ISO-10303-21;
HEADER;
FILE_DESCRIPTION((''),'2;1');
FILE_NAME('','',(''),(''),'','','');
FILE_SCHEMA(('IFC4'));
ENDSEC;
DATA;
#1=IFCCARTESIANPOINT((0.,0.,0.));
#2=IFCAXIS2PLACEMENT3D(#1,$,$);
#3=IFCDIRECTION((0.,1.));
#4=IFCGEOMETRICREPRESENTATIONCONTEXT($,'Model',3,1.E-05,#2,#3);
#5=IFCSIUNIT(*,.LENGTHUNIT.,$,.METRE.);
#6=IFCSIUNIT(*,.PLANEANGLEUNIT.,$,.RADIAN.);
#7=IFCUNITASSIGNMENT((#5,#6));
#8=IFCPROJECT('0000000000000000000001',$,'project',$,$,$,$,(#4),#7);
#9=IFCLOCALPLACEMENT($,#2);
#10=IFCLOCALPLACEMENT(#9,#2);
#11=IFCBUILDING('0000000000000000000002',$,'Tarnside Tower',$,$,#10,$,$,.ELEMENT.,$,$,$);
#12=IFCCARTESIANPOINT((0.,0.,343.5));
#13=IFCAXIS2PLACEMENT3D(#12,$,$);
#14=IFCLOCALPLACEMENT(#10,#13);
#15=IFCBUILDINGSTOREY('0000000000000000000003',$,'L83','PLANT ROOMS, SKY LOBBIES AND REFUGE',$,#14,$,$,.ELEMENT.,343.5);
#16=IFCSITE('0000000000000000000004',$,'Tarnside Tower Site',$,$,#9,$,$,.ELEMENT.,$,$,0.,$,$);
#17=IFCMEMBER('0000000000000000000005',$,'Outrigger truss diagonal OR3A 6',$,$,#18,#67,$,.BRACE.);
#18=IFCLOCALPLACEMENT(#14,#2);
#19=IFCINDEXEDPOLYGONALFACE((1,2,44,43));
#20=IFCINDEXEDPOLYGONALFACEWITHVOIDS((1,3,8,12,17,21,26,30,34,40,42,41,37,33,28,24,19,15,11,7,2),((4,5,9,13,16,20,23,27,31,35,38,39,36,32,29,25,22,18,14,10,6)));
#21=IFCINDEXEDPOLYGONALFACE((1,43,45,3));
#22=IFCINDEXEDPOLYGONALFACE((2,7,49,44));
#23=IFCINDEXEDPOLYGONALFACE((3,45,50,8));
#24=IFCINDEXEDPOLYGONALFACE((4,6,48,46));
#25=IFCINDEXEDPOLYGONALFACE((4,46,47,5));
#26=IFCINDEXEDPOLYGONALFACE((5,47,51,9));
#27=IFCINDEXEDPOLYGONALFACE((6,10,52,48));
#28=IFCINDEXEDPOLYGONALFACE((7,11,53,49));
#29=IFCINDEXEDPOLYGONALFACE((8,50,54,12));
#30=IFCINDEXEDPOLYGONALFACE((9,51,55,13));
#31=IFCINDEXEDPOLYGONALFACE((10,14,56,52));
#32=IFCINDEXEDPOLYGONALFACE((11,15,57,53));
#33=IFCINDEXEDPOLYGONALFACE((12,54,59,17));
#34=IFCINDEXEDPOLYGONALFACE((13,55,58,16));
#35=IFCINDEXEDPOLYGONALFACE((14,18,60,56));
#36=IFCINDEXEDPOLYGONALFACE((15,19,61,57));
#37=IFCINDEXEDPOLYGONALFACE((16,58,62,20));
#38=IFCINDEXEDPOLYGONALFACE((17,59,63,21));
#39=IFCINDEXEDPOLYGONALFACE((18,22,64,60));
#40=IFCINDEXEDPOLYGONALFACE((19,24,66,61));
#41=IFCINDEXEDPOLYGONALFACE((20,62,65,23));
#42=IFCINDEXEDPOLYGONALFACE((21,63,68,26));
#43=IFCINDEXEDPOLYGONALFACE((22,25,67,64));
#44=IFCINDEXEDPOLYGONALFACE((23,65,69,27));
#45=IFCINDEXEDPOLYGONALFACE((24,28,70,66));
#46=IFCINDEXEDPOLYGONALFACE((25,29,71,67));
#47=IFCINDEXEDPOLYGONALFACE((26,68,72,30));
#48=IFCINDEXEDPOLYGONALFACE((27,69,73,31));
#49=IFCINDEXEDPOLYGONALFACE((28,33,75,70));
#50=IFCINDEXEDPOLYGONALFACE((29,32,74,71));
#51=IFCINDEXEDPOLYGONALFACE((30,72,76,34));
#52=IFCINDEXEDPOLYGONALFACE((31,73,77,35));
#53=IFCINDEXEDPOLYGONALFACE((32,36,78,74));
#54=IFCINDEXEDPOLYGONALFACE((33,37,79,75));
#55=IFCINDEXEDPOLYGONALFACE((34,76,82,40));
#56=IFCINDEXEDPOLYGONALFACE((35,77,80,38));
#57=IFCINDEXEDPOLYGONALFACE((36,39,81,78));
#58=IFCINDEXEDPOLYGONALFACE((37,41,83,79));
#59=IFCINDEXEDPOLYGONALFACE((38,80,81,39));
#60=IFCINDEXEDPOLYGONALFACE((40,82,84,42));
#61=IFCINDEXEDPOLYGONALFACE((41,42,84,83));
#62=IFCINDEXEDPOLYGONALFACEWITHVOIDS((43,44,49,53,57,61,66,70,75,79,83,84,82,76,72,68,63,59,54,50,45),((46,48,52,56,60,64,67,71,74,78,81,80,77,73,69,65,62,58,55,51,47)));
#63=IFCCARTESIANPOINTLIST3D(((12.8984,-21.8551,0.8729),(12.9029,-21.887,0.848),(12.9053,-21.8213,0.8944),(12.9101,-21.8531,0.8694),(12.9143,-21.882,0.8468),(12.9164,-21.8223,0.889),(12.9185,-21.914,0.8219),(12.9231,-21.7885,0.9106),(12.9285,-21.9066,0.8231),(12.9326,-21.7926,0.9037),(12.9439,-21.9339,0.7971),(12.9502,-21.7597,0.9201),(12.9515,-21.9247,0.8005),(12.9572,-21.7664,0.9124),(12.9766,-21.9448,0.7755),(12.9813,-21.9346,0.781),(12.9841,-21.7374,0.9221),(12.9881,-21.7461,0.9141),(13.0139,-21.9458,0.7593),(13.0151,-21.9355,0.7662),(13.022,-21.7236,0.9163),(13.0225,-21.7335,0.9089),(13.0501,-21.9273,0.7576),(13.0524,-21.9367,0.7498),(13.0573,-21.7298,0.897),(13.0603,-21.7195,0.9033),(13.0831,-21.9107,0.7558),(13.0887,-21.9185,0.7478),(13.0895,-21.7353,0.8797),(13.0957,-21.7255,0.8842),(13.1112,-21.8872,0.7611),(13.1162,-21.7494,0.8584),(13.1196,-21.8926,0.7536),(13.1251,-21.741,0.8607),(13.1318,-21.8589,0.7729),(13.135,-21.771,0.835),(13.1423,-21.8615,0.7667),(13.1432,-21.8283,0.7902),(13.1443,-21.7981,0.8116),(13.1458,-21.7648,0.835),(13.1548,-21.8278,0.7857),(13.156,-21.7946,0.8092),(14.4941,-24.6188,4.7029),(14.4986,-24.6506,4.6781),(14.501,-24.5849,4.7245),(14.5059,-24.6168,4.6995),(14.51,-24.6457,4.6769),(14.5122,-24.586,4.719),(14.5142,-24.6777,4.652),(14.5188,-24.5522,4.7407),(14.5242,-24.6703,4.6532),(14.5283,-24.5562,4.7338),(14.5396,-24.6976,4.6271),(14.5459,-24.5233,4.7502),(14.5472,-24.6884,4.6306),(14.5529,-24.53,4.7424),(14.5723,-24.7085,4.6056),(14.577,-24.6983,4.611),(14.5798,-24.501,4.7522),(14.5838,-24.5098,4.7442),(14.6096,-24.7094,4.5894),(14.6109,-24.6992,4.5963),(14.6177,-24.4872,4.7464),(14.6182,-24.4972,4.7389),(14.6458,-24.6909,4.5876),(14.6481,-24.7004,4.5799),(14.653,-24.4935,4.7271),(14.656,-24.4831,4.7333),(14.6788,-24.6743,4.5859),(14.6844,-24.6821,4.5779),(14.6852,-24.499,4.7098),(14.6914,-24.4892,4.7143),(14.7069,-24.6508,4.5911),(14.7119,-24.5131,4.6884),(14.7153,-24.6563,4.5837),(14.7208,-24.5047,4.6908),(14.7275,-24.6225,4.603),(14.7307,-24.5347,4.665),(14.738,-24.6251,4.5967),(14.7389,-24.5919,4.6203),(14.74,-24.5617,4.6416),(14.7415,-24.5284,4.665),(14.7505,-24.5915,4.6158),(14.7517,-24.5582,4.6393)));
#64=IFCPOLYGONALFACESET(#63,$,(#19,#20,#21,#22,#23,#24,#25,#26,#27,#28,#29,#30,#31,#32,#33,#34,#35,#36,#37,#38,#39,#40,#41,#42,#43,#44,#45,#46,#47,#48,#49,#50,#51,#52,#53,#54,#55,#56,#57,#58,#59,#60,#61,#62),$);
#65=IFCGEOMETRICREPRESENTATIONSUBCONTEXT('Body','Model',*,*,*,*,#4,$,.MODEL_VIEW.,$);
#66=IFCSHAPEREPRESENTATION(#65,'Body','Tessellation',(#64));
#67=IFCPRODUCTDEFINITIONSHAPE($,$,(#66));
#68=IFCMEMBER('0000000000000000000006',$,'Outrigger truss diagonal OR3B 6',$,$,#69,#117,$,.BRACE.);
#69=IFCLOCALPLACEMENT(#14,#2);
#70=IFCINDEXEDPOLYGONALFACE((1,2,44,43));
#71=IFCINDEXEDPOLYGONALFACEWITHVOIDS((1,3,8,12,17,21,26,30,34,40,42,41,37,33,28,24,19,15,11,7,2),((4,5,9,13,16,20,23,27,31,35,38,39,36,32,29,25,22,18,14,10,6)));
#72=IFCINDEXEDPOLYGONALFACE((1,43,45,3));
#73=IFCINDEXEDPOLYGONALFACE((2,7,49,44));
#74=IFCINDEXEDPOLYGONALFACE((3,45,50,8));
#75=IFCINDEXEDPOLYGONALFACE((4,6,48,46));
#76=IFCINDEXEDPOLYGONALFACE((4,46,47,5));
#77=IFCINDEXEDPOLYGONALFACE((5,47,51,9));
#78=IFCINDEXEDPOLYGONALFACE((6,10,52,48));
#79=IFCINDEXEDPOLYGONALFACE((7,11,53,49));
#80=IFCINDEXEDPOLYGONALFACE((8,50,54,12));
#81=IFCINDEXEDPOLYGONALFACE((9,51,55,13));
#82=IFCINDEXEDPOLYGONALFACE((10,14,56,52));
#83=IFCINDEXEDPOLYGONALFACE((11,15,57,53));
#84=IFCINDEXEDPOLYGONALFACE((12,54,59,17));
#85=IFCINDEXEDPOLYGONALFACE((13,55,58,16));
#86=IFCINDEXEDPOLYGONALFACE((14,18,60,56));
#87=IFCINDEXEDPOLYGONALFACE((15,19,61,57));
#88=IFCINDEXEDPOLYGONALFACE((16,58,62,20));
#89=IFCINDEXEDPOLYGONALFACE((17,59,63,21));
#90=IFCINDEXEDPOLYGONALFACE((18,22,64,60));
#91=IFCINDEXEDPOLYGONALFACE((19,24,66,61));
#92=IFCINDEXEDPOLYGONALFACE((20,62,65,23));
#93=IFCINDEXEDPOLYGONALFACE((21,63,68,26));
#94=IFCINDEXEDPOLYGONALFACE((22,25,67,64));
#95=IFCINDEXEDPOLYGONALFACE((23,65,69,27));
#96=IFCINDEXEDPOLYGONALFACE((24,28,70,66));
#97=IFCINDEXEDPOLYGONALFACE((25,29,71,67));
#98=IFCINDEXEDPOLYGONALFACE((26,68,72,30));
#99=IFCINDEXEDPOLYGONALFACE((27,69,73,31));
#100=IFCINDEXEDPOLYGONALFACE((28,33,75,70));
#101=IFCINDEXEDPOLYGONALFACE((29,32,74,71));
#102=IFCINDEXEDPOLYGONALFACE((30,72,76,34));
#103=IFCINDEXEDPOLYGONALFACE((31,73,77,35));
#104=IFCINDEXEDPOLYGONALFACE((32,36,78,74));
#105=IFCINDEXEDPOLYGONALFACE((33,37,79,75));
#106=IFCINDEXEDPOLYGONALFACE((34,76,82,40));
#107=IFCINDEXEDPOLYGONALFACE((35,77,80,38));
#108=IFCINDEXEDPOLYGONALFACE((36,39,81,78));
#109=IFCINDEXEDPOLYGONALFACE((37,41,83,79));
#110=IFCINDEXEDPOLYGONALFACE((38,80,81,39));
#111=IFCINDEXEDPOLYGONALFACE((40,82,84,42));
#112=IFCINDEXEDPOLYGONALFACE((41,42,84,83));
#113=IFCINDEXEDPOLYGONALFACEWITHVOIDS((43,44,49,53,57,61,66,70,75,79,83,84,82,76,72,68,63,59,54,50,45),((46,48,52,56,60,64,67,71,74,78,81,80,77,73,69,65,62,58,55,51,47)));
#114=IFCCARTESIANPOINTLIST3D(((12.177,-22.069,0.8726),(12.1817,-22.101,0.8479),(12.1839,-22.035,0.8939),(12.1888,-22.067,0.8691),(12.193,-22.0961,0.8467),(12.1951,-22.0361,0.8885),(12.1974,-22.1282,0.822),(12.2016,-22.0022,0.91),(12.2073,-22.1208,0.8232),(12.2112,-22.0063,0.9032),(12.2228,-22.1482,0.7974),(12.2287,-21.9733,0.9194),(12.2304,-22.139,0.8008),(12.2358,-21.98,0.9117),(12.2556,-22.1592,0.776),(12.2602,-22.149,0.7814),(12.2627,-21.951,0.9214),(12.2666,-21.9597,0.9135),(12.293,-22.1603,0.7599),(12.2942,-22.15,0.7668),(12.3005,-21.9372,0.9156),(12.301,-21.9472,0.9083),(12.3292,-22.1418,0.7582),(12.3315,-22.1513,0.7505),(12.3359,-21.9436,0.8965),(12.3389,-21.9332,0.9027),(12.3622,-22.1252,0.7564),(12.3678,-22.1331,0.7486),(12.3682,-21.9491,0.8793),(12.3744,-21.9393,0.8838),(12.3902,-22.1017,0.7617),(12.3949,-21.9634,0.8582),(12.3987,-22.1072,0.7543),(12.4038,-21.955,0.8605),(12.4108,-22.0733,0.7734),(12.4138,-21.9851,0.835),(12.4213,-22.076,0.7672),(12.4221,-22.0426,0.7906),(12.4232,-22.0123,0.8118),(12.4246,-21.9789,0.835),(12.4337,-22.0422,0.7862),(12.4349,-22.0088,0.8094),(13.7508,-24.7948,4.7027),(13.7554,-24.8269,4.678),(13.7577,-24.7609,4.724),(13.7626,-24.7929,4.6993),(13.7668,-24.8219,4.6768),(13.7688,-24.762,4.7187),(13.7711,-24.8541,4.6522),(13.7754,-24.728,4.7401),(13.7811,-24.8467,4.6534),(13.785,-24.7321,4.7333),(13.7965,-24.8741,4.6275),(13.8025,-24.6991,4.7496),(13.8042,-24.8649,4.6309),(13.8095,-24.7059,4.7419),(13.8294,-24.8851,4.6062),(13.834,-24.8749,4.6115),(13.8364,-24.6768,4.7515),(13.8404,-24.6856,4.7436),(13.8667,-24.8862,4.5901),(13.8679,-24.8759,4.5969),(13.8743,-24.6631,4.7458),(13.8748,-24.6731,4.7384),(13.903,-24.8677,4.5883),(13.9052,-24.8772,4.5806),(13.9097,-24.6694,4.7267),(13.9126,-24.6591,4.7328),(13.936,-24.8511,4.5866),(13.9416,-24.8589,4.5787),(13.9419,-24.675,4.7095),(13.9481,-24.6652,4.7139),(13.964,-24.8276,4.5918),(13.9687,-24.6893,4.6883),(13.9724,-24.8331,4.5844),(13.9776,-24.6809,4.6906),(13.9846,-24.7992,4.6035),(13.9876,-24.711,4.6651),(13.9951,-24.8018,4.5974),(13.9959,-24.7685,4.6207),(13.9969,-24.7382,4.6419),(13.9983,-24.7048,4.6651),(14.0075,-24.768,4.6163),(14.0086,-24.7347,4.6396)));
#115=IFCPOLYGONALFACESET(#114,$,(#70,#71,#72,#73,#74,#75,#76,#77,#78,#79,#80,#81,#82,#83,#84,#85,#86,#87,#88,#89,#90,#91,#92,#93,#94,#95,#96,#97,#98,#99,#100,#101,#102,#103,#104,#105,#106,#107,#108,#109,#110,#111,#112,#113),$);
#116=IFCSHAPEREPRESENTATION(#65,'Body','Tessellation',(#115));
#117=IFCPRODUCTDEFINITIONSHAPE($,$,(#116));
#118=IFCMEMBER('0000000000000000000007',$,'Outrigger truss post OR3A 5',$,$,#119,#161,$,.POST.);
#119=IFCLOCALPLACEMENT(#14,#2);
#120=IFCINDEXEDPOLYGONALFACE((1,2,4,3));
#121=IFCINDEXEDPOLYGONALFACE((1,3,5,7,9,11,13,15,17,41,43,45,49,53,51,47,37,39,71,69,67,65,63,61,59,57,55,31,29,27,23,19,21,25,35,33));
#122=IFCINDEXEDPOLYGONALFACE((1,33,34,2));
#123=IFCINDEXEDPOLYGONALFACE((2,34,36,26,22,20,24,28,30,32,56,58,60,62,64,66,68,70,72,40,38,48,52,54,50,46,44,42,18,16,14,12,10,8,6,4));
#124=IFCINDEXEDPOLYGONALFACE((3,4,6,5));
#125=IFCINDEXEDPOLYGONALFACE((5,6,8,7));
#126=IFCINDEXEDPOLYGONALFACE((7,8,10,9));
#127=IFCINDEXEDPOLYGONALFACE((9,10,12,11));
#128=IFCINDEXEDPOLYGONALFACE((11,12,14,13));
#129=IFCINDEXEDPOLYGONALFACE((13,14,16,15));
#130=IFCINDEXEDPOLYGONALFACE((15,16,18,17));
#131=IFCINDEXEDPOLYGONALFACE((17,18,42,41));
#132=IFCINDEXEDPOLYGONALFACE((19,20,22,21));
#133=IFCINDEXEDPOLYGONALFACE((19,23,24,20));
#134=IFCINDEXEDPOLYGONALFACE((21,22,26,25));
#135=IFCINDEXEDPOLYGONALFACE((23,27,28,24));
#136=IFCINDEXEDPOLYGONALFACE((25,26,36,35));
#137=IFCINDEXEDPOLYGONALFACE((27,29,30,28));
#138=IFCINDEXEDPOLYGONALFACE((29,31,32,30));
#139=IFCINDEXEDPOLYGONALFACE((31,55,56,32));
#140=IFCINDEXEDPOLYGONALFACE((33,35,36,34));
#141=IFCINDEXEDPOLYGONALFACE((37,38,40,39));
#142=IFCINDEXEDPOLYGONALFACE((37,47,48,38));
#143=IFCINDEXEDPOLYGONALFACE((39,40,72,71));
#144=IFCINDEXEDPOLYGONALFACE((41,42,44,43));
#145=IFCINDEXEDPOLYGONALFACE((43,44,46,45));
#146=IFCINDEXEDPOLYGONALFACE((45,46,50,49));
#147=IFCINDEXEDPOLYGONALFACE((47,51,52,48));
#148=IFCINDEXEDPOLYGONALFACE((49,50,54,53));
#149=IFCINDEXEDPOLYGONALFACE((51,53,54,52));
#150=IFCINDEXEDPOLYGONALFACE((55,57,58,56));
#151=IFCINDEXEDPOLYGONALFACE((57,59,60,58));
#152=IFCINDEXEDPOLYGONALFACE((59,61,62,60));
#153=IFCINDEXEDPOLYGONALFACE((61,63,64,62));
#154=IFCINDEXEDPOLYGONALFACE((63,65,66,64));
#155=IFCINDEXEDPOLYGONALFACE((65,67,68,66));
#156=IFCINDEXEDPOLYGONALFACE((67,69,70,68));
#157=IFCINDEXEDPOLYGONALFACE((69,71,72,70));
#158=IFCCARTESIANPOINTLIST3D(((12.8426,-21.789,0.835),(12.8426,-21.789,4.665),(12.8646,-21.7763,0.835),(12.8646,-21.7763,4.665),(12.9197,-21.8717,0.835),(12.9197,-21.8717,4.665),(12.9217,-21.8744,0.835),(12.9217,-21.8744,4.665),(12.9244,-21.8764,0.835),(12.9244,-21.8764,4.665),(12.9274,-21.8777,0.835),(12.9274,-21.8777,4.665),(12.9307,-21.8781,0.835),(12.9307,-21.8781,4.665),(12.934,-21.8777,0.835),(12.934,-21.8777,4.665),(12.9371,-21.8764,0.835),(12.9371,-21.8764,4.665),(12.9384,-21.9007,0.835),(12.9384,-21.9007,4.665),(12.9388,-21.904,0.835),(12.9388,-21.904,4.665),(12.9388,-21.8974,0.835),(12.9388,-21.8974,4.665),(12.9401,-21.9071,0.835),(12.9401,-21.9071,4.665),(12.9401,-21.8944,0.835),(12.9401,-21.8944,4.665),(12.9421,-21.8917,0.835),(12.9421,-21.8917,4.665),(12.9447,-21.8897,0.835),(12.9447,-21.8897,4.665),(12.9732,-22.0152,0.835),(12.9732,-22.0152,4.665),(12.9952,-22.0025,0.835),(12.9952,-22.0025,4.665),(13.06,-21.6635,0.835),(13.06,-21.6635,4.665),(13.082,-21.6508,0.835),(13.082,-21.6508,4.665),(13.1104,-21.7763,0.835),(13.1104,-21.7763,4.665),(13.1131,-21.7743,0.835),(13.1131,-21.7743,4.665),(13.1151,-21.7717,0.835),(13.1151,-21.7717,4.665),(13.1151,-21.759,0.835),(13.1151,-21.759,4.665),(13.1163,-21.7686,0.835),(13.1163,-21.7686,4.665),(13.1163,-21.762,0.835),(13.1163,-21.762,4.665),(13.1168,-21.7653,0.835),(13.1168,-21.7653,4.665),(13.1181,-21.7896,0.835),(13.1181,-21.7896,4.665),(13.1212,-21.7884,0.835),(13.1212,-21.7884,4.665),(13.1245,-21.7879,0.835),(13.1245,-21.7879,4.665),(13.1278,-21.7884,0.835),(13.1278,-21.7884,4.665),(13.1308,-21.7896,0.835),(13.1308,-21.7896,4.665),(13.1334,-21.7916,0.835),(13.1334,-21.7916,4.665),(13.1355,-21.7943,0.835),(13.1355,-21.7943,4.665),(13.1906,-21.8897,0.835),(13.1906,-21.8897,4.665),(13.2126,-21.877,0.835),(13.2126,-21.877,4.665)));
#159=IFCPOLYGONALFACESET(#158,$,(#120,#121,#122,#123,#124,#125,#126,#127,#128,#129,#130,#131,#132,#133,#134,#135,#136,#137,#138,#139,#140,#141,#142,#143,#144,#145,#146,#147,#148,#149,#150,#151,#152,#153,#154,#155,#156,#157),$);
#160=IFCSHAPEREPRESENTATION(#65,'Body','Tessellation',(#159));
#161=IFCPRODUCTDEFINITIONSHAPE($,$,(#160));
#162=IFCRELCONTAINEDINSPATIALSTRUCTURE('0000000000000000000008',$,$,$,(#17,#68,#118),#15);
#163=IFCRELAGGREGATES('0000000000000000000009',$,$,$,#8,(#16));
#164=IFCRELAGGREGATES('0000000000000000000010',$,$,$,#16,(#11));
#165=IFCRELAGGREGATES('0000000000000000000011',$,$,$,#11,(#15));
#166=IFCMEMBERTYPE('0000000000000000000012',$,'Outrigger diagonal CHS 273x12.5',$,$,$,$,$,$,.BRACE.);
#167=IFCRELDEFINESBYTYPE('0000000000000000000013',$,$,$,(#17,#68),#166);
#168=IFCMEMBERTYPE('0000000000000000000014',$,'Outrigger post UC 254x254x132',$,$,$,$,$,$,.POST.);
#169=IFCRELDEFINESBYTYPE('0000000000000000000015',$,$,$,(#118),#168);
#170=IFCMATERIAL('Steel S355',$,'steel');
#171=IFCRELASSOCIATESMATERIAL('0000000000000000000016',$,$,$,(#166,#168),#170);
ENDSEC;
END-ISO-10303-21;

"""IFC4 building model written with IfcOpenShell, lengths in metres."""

from ifc_helpers import new_model, si_unit, direction, frame, origin, origin_2d, place, context, subcontext, project, spatial, hollow_circle, i_section, extrude, material, material_profile, profile_set, type_object, element, save


model = new_model("IFC4")

# Units and contexts
model_context = context("Model", 3, precision=1e-05, world=origin(), true_north=direction((0.0, 1.0)))
body_context = subcontext(model_context, "Body", "Model", "MODEL_VIEW")
ifc_project = project(units=[si_unit("LENGTHUNIT", "METRE"), si_unit("PLANEANGLEUNIT", "RADIAN")], contexts=[model_context])

# Site, building, storey
site_placement = place(None, origin())
site = spatial("IfcSite", under=ifc_project, at=site_placement, Name="Tarnside Tower Site", CompositionType="ELEMENT", RefElevation=0.0)
building_placement = place(site_placement, origin())
building = spatial("IfcBuilding", under=site, at=building_placement, Name="Tarnside Tower", CompositionType="ELEMENT")
storey_placement = place(building_placement, frame((0.0, 0.0, 343.5)))
storey = spatial("IfcBuildingStorey", under=building, at=storey_placement, Name="L83", Description="PLANT ROOMS, SKY LOBBIES AND REFUGE", CompositionType="ELEMENT", Elevation=343.5)

# Shared definitions
ifc_material_1 = material(Name="Steel S355", Category="steel")

# Members
ifc_material_profile_1 = material_profile(ifc_material_1, hollow_circle(Radius=0.1365, WallThickness=0.0125, at=origin_2d()), Name="CHS 273x12.5")
ifc_profile_set_1 = profile_set([ifc_material_profile_1], Name="Steel S355")
member_type_1 = type_object("IfcMemberType", Name="Outrigger diagonal CHS 273x12.5", PredefinedType="BRACE", material=ifc_profile_set_1)
member_1_placement = place(storey_placement, frame((13.0276, -21.833, 0.835), z_axis=(0.320079, -0.554359, 0.768268), x_axis=(0.866012, 0.500023, 0.0)))
element("IfcMember", 1, at=member_1_placement, inside=storey, type_object=member_type_1, Name="Outrigger truss diagonal OR3A 6", PredefinedType="BRACE", context=body_context, shape_type="SweptSolid", body=[
    extrude(hollow_circle(Radius=0.1365, WallThickness=0.0125, at=origin_2d()), origin(), (0.0, 0.0, 1.0), 4.9854),
])
member_2_placement = place(storey_placement, frame((12.3064, -22.0471, 0.835), z_axis=(0.317448, -0.549846, 0.772591), x_axis=(0.866029, 0.499993, 0.0)))
element("IfcMember", 2, at=member_2_placement, inside=storey, type_object=member_type_1, Name="Outrigger truss diagonal OR3B 6", PredefinedType="BRACE", context=body_context, shape_type="SweptSolid", body=[
    extrude(hollow_circle(Radius=0.1365, WallThickness=0.0125, at=origin_2d()), origin(), (0.0, 0.0, 1.0), 4.9575),
])
ifc_material_profile_2 = material_profile(ifc_material_1, i_section(OverallWidth=0.2612, OverallDepth=0.2764, WebThickness=0.0154, FlangeThickness=0.0254, FilletRadius=0.0127, at=origin_2d()), Name="UC 254x254x132")
ifc_profile_set_2 = profile_set([ifc_material_profile_2], Name="Steel S355")
member_type_2 = type_object("IfcMemberType", Name="Outrigger post UC 254x254x132", PredefinedType="POST", material=ifc_profile_set_2)
member_3_placement = place(storey_placement, frame((13.0276, -21.833, 0.835), z_axis=(0.0, 0.0, 1.0), x_axis=(0.5, -0.866025, 0.0)))
element("IfcMember", 3, at=member_3_placement, inside=storey, type_object=member_type_2, Name="Outrigger truss post OR3A 5", PredefinedType="POST", context=body_context, shape_type="SweptSolid", body=[
    extrude(i_section(OverallWidth=0.2612, OverallDepth=0.2764, WebThickness=0.0154, FlangeThickness=0.0254, FilletRadius=0.0127, at=origin_2d()), origin(), (0.0, 0.0, 1.0), 3.8301),
])

save(model, "model.ifc")
